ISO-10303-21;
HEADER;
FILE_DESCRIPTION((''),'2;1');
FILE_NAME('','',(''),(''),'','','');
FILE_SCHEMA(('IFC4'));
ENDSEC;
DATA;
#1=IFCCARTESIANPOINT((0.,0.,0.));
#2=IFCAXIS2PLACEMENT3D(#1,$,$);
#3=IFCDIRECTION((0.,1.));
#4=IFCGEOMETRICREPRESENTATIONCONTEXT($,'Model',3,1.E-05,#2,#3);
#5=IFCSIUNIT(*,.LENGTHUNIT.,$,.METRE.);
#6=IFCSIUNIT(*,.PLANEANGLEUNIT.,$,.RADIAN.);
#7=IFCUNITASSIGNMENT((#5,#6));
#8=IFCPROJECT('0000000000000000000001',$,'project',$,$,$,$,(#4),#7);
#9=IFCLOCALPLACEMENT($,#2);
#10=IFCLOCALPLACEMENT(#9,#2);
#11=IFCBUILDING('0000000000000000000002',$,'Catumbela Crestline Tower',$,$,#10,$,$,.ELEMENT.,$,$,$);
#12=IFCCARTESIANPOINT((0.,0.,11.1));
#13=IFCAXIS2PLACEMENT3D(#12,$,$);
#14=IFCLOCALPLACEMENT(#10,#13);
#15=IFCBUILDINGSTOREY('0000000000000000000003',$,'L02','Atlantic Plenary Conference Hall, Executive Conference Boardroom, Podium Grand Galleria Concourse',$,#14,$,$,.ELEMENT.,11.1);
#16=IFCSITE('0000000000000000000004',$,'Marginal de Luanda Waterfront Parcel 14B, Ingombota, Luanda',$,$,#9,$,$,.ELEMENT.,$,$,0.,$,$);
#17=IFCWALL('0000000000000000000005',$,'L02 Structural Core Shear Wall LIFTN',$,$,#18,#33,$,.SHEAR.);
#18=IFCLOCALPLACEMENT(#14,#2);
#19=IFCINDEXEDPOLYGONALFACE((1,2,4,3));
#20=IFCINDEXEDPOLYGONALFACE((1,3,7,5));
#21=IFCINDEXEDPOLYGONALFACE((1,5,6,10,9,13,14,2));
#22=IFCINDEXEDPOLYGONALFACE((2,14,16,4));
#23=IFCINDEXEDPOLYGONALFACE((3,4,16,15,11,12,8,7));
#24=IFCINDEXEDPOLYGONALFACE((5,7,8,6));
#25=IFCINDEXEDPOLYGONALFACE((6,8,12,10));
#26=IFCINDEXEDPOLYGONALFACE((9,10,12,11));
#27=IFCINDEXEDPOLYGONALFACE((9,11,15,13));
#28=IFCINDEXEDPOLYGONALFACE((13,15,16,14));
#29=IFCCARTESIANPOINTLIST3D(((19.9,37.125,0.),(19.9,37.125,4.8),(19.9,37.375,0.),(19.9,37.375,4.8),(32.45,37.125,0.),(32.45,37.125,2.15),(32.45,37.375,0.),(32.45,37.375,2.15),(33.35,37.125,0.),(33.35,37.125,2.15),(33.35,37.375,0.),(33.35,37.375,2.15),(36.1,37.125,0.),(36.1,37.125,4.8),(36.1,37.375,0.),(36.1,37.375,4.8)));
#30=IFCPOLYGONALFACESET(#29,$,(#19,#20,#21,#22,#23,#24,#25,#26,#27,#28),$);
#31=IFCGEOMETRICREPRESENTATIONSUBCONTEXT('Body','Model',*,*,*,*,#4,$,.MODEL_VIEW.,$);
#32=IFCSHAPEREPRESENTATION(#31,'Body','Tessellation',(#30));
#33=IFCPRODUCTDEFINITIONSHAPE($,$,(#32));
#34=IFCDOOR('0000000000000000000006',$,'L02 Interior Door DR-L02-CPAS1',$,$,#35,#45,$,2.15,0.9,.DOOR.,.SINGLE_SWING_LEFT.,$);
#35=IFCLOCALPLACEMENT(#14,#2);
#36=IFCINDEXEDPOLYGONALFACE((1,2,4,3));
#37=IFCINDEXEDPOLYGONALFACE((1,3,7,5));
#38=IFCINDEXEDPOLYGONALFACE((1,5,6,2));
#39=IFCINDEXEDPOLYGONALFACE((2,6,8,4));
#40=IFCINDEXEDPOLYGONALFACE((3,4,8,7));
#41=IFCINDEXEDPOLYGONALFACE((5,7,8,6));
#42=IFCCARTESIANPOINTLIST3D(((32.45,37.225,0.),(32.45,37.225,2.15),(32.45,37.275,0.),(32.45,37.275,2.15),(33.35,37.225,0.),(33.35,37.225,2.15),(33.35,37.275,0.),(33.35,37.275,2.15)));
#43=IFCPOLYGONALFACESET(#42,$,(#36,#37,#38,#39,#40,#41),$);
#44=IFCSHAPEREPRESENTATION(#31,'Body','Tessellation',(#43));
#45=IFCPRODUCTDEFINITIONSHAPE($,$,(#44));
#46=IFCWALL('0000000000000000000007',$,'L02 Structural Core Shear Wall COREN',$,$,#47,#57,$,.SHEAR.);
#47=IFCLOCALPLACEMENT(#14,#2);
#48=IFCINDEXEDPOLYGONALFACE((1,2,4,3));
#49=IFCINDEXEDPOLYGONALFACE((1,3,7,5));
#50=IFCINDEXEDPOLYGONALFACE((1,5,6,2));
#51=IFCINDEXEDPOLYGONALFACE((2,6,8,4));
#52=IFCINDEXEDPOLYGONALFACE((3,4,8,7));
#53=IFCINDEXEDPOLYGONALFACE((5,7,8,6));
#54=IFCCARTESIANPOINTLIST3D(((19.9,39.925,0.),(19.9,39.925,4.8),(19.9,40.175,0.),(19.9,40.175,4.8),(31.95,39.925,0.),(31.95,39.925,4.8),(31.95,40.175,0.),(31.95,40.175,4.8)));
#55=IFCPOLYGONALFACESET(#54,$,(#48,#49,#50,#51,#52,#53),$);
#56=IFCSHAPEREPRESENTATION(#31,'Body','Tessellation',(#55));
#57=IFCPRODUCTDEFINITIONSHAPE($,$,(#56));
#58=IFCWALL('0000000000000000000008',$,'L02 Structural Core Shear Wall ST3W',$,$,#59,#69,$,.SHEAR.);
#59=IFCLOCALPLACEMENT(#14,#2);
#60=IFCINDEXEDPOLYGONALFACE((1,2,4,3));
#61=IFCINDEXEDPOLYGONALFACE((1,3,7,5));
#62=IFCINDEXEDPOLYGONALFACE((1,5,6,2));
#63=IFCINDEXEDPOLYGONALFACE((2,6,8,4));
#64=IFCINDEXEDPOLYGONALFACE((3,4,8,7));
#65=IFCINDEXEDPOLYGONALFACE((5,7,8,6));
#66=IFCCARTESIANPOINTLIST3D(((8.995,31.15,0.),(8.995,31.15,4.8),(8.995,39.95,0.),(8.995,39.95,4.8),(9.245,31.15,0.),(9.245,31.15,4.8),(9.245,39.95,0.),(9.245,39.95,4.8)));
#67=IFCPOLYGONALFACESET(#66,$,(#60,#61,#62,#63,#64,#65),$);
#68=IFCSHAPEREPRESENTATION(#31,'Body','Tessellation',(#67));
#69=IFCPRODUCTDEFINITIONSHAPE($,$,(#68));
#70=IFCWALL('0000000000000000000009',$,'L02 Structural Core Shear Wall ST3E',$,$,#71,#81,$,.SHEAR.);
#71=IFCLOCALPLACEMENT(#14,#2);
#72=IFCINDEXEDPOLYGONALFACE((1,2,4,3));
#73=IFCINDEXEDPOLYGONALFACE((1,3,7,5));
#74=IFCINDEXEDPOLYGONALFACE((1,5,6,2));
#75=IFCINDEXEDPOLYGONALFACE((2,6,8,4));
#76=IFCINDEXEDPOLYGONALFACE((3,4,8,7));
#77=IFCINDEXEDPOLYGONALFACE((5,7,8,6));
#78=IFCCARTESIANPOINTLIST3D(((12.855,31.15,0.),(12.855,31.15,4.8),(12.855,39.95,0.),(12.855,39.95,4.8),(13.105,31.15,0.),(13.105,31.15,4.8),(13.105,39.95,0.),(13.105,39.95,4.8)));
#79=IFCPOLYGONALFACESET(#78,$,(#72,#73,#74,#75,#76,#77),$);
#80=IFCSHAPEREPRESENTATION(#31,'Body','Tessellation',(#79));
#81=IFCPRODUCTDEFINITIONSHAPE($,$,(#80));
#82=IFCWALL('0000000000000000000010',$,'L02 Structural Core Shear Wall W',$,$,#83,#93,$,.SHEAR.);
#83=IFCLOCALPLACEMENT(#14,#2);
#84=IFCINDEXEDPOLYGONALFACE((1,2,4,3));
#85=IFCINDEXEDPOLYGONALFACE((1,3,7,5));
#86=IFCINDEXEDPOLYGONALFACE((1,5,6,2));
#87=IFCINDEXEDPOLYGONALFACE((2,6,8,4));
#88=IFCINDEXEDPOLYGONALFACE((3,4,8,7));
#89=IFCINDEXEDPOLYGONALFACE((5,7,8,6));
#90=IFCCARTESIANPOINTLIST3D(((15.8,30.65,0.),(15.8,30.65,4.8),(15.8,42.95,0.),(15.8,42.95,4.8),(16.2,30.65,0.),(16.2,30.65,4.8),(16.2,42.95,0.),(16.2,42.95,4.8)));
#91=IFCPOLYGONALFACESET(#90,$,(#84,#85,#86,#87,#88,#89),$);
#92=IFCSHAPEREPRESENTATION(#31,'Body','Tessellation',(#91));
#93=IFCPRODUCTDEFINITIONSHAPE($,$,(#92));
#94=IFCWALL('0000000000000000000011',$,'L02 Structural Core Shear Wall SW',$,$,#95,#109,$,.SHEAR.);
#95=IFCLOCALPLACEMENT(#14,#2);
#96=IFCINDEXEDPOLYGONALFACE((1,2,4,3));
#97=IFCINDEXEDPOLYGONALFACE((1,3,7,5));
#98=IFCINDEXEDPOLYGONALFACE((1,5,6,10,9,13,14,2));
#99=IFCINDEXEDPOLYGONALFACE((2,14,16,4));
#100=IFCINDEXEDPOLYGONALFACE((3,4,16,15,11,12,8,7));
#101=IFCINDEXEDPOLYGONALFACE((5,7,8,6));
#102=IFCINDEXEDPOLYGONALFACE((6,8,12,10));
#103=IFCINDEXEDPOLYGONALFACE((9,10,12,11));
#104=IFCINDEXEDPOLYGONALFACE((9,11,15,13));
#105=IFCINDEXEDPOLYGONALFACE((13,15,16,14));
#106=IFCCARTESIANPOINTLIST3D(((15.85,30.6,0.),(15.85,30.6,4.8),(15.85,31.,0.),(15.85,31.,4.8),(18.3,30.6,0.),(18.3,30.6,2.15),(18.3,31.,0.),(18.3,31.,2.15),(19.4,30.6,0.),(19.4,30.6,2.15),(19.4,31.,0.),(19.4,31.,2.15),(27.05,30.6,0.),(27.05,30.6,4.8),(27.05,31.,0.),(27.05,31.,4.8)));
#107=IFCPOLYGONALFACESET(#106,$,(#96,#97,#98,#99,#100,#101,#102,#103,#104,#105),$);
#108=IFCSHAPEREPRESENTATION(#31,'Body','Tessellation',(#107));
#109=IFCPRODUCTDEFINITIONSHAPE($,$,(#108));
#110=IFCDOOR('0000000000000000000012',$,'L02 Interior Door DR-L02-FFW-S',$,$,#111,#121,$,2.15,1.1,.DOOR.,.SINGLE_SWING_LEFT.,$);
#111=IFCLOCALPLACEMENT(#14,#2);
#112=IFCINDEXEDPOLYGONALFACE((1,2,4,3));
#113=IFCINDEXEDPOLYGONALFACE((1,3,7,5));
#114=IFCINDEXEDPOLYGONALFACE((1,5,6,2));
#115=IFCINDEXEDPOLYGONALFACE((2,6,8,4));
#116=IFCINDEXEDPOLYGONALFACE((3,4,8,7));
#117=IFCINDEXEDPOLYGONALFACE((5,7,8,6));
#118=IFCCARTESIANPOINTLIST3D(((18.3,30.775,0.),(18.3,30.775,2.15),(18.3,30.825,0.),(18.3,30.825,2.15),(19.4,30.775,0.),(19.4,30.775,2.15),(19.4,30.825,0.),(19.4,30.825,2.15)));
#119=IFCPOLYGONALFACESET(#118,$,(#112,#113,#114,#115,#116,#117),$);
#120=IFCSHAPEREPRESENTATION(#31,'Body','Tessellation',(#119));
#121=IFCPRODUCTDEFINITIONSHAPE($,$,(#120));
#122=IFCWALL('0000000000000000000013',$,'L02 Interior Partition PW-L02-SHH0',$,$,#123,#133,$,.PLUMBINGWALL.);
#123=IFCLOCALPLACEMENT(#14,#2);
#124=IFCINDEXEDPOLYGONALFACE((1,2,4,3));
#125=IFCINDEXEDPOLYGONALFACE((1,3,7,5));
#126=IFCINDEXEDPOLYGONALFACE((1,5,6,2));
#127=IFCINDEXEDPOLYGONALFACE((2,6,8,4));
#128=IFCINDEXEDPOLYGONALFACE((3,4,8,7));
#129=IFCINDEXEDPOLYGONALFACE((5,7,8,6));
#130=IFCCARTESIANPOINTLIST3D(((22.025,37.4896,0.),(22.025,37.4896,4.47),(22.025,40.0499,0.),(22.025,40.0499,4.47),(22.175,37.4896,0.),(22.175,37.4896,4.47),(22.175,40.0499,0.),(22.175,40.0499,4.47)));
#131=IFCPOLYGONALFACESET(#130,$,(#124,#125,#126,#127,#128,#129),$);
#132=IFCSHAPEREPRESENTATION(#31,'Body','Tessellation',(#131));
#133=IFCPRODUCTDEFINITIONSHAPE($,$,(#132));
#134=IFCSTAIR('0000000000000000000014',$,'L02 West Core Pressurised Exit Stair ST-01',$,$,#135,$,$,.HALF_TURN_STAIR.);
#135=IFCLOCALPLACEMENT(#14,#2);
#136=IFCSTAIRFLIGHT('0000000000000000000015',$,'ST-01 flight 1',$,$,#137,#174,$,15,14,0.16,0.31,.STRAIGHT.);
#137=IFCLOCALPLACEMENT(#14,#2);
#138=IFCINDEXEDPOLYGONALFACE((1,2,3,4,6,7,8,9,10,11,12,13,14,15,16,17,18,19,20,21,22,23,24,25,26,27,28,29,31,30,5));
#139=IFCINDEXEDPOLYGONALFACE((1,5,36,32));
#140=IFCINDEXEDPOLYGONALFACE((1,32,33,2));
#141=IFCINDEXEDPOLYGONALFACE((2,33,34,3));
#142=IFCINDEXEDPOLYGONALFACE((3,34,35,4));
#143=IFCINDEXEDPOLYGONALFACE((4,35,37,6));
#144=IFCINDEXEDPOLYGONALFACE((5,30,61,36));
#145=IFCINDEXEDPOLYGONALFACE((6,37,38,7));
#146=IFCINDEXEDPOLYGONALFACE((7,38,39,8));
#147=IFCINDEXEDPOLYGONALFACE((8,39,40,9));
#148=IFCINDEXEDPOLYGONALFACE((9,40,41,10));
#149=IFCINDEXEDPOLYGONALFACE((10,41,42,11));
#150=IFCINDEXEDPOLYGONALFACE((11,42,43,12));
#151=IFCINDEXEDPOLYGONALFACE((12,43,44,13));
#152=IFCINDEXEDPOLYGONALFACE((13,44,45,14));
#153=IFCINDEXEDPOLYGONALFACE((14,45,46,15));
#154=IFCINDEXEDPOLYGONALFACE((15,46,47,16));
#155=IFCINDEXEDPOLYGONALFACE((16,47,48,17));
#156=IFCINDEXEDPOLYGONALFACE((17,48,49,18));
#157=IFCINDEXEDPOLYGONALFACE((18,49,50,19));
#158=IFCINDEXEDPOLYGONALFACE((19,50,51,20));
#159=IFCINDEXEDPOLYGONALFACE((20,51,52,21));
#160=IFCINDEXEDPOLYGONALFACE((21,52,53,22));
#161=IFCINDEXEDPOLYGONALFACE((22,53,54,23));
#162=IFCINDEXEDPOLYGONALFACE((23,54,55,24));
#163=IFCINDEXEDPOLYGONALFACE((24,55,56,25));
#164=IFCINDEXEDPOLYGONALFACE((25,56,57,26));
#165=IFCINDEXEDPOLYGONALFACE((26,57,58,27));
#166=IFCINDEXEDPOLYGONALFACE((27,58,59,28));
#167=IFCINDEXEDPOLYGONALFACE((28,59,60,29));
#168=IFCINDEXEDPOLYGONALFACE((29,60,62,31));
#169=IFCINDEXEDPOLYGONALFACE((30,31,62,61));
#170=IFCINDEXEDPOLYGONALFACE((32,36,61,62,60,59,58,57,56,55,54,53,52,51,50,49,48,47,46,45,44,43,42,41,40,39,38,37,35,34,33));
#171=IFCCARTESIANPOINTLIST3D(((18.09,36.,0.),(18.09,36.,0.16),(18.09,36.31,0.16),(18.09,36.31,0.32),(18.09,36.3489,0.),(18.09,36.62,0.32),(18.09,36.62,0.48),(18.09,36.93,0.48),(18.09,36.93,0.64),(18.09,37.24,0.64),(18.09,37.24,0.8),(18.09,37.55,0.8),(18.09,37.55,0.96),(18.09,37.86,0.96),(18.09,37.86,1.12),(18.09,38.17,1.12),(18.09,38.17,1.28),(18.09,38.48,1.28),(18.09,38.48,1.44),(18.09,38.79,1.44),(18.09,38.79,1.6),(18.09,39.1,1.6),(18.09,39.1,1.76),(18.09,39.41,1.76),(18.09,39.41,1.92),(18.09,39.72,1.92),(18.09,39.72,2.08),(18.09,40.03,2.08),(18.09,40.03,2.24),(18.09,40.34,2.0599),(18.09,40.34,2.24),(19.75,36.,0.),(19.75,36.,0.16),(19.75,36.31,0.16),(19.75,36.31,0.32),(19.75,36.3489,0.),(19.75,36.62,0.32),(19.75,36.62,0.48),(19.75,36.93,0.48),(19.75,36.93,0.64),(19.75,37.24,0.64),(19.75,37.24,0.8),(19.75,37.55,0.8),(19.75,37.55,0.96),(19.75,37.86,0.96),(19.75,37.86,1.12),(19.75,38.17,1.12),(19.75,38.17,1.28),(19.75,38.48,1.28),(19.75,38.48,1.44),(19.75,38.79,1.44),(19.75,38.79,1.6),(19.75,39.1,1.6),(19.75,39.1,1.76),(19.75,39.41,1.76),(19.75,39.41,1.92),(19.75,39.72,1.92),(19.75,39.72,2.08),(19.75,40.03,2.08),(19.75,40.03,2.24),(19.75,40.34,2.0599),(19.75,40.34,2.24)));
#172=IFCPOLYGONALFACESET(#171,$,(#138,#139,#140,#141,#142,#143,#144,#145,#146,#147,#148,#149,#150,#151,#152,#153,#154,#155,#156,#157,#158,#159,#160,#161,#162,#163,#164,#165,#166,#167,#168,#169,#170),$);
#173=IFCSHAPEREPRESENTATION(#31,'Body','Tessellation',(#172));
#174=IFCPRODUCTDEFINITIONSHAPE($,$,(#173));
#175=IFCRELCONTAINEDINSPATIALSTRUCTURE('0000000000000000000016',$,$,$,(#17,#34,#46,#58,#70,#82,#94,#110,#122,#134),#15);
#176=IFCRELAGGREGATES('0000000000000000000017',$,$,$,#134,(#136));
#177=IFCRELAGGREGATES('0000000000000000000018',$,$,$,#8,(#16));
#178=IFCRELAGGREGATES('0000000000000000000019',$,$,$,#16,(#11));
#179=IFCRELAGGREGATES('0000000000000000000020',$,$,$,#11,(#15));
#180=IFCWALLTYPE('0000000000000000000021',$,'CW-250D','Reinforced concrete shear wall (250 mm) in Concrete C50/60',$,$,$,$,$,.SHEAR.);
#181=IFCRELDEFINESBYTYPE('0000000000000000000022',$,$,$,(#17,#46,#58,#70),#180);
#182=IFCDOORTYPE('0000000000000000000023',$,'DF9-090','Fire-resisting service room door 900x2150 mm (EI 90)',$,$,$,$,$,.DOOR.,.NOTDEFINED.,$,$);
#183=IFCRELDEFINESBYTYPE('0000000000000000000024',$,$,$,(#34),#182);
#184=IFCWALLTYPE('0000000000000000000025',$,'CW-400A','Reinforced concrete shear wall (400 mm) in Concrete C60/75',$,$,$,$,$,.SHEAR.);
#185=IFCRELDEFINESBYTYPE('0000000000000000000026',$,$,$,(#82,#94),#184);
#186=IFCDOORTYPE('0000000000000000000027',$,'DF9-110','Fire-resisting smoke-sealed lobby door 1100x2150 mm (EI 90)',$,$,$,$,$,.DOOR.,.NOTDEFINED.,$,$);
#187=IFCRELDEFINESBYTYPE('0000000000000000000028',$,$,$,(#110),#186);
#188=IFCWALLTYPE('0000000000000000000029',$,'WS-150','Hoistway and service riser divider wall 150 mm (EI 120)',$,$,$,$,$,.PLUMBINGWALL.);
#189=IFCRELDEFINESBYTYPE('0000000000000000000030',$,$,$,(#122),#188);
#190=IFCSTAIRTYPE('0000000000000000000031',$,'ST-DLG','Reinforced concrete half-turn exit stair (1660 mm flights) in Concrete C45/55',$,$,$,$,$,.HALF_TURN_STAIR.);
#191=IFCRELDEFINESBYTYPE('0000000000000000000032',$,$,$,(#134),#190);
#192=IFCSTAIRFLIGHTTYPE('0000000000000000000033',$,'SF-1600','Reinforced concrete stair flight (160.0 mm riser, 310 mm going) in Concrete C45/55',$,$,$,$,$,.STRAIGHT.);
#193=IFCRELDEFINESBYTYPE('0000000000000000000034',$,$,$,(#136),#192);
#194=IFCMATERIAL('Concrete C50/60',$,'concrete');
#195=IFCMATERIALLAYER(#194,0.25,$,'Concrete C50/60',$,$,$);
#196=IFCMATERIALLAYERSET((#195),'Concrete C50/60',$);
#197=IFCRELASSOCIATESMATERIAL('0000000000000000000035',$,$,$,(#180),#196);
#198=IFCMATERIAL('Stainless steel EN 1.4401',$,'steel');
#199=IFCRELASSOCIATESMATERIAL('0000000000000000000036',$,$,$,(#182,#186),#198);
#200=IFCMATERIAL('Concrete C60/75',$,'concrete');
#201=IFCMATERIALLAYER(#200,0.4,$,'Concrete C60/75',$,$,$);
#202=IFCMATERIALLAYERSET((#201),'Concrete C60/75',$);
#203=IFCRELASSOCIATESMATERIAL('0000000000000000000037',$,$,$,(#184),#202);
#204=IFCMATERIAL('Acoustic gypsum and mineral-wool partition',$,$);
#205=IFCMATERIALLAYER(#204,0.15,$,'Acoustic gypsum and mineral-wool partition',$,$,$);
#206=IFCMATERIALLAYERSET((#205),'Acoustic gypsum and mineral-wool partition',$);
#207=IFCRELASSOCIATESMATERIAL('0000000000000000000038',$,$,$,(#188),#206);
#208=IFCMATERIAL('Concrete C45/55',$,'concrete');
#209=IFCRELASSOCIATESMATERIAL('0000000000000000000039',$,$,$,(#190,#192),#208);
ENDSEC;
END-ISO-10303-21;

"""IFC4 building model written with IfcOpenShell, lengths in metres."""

from ifc_helpers import new_model, si_unit, direction, frame, frame_2d, origin, place, context, subcontext, project, spatial, polyline, rectangle, outline, extrude, material, layer, layer_set, type_object, element, fill, aggregate, save


model = new_model("IFC4")

# Units and contexts
model_context = context("Model", 3, precision=1e-05, world=origin(), true_north=direction((0.0, 1.0)))
body_context = subcontext(model_context, "Body", "Model", "MODEL_VIEW")
ifc_project = project(units=[si_unit("LENGTHUNIT", "METRE"), si_unit("PLANEANGLEUNIT", "RADIAN")], contexts=[model_context])

# Site, building, storey
site_placement = place(None, origin())
site = spatial("IfcSite", under=ifc_project, at=site_placement, Name="Marginal de Luanda Waterfront Parcel 14B, Ingombota, Luanda", CompositionType="ELEMENT", RefElevation=0.0)
building_placement = place(site_placement, origin())
building = spatial("IfcBuilding", under=site, at=building_placement, Name="Catumbela Crestline Tower", CompositionType="ELEMENT")
storey_placement = place(building_placement, frame((0.0, 0.0, 11.1)))
storey = spatial("IfcBuildingStorey", under=building, at=storey_placement, Name="L02", Description="Atlantic Plenary Conference Hall, Executive Conference Boardroom, Podium Grand Galleria Concourse", CompositionType="ELEMENT", Elevation=11.1)

# Shared definitions
ifc_material_1 = material(Name="Concrete C50/60", Category="concrete")
ifc_layer_1 = layer(ifc_material_1, 0.25, Name="Concrete C50/60")
ifc_layer_set_1 = layer_set([ifc_layer_1], Name="Concrete C50/60")
wall_type_1 = type_object("IfcWallType", Name="CW-250D", Description="Reinforced concrete shear wall (250 mm) in Concrete C50/60", PredefinedType="SHEAR", material=ifc_layer_set_1)

# Shared definitions
ifc_material_2 = material(Name="Stainless steel EN 1.4401", Category="steel")

# Wall, opening, door
wall_1_placement = place(storey_placement, frame((19.9, 37.25, 0.0), z_axis=(0.0, 0.0, 1.0), x_axis=(1.0, 0.0, 0.0)))
wall_1 = element("IfcWall", 1, at=wall_1_placement, inside=storey, type_object=wall_type_1, Name="L02 Structural Core Shear Wall LIFTN", PredefinedType="SHEAR", context=body_context, shape_type="SweptSolid", body=[
    extrude(rectangle(XDim=16.2, YDim=0.25, at=frame_2d((8.1, 0.0))), origin(), (0.0, 0.0, 1.0), 4.8),
])
opening_1_placement = place(wall_1_placement, frame((12.55, 0.0, 0.0)))
opening_1 = element("IfcOpeningElement", 2, at=opening_1_placement, cuts=wall_1, PredefinedType="OPENING", context=body_context, shape_type="SweptSolid", body=[
    extrude(rectangle(XDim=0.9, YDim=2.15, at=frame_2d((0.45, 1.075))), frame((0.0, 0.135, 0.0), z_axis=(0.0, -1.0, 0.0), x_axis=(1.0, 0.0, 0.0)), (0.0, 0.0, 1.0), 0.27),
])
door_type_1 = type_object("IfcDoorType", Name="DF9-090", Description="Fire-resisting service room door 900x2150 mm (EI 90)", OperationType="NOTDEFINED", PredefinedType="DOOR", material=ifc_material_2)
door_1_placement = place(opening_1_placement, origin())
door_1 = element("IfcDoor", 3, at=door_1_placement, inside=storey, type_object=door_type_1, Name="L02 Interior Door DR-L02-CPAS1", OperationType="SINGLE_SWING_LEFT", OverallHeight=2.15, OverallWidth=0.9, PredefinedType="DOOR", context=body_context, shape_type="SweptSolid", body=[
    extrude(rectangle(XDim=0.9, YDim=2.15, at=frame_2d((0.45, 1.075))), frame((0.0, 0.025, 0.0), z_axis=(0.0, -1.0, 0.0), x_axis=(1.0, 0.0, 0.0)), (0.0, 0.0, 1.0), 0.05),
])
fill(opening_1, door_1)

# Walls
wall_2_placement = place(storey_placement, frame((19.9, 40.05, 0.0), z_axis=(0.0, 0.0, 1.0), x_axis=(1.0, 0.0, 0.0)))
element("IfcWall", 4, at=wall_2_placement, inside=storey, type_object=wall_type_1, Name="L02 Structural Core Shear Wall COREN", PredefinedType="SHEAR", context=body_context, shape_type="SweptSolid", body=[
    extrude(rectangle(XDim=12.05, YDim=0.25, at=frame_2d((6.025, 0.0))), origin(), (0.0, 0.0, 1.0), 4.8),
])
for number, where, z_axis, x_axis, name in (
    (5, (9.12, 31.15, 0.0), (0.0, 0.0, 1.0), (0.0, 1.0, 0.0), "L02 Structural Core Shear Wall ST3W"),
    (6, (12.98, 31.15, 0.0), (0.0, 0.0, 1.0), (0.0, 1.0, 0.0), "L02 Structural Core Shear Wall ST3E"),
):
    element("IfcWall", number, at=place(storey_placement, frame(where, z_axis=z_axis, x_axis=x_axis)), inside=storey, type_object=wall_type_1, Name=name, PredefinedType="SHEAR", context=body_context, shape_type="SweptSolid", body=[
        extrude(rectangle(XDim=8.8, YDim=0.25, at=frame_2d((4.4, 0.0))), origin(), (0.0, 0.0, 1.0), 4.8),
    ])
ifc_material_3 = material(Name="Concrete C60/75", Category="concrete")
ifc_layer_2 = layer(ifc_material_3, 0.4, Name="Concrete C60/75")
ifc_layer_set_2 = layer_set([ifc_layer_2], Name="Concrete C60/75")
wall_type_2 = type_object("IfcWallType", Name="CW-400A", Description="Reinforced concrete shear wall (400 mm) in Concrete C60/75", PredefinedType="SHEAR", material=ifc_layer_set_2)
wall_3_placement = place(storey_placement, frame((16.0, 30.65, 0.0), z_axis=(0.0, 0.0, 1.0), x_axis=(0.0, 1.0, 0.0)))
element("IfcWall", 7, at=wall_3_placement, inside=storey, type_object=wall_type_2, Name="L02 Structural Core Shear Wall W", PredefinedType="SHEAR", context=body_context, shape_type="SweptSolid", body=[
    extrude(rectangle(XDim=12.3, YDim=0.4, at=frame_2d((6.15, 0.0))), origin(), (0.0, 0.0, 1.0), 4.8),
])

# Wall, opening, door
wall_4_placement = place(storey_placement, frame((15.85, 30.8, 0.0), z_axis=(0.0, 0.0, 1.0), x_axis=(1.0, 0.0, 0.0)))
wall_4 = element("IfcWall", 8, at=wall_4_placement, inside=storey, type_object=wall_type_2, Name="L02 Structural Core Shear Wall SW", PredefinedType="SHEAR", context=body_context, shape_type="SweptSolid", body=[
    extrude(rectangle(XDim=11.2, YDim=0.4, at=frame_2d((5.6, 0.0))), origin(), (0.0, 0.0, 1.0), 4.8),
])
opening_2_placement = place(wall_4_placement, frame((2.45, 0.0, 0.0)))
opening_2 = element("IfcOpeningElement", 9, at=opening_2_placement, cuts=wall_4, PredefinedType="OPENING", context=body_context, shape_type="SweptSolid", body=[
    extrude(rectangle(XDim=1.1, YDim=2.15, at=frame_2d((0.55, 1.075))), frame((0.0, 0.21, 0.0), z_axis=(0.0, -1.0, 0.0), x_axis=(1.0, 0.0, 0.0)), (0.0, 0.0, 1.0), 0.42),
])
door_type_2 = type_object("IfcDoorType", Name="DF9-110", Description="Fire-resisting smoke-sealed lobby door 1100x2150 mm (EI 90)", OperationType="NOTDEFINED", PredefinedType="DOOR", material=ifc_material_2)
door_2_placement = place(opening_2_placement, origin())
door_2 = element("IfcDoor", 10, at=door_2_placement, inside=storey, type_object=door_type_2, Name="L02 Interior Door DR-L02-FFW-S", OperationType="SINGLE_SWING_LEFT", OverallHeight=2.15, OverallWidth=1.1, PredefinedType="DOOR", context=body_context, shape_type="SweptSolid", body=[
    extrude(rectangle(XDim=1.1, YDim=2.15, at=frame_2d((0.55, 1.075))), frame((0.0, 0.025, 0.0), z_axis=(0.0, -1.0, 0.0), x_axis=(1.0, 0.0, 0.0)), (0.0, 0.0, 1.0), 0.05),
])
fill(opening_2, door_2)

# Wall
ifc_material_4 = material(Name="Acoustic gypsum and mineral-wool partition")
ifc_layer_3 = layer(ifc_material_4, 0.15, Name="Acoustic gypsum and mineral-wool partition")
ifc_layer_set_3 = layer_set([ifc_layer_3], Name="Acoustic gypsum and mineral-wool partition")
wall_type_3 = type_object("IfcWallType", Name="WS-150", Description="Hoistway and service riser divider wall 150 mm (EI 120)", PredefinedType="PLUMBINGWALL", material=ifc_layer_set_3)
wall_5_placement = place(storey_placement, frame((22.1, 37.4897, 0.0), z_axis=(0.0, 0.0, 1.0), x_axis=(0.0, 1.0, 0.0)))
element("IfcWall", 11, at=wall_5_placement, inside=storey, type_object=wall_type_3, Name="L02 Interior Partition PW-L02-SHH0", PredefinedType="PLUMBINGWALL", context=body_context, shape_type="SweptSolid", body=[
    extrude(rectangle(XDim=2.5603, YDim=0.15, at=frame_2d((1.2801, 0.0))), origin(), (0.0, 0.0, 1.0), 4.47),
])

# Stair, stair flight
ifc_material_5 = material(Name="Concrete C45/55", Category="concrete")
stair_type = type_object("IfcStairType", Name="ST-DLG", Description="Reinforced concrete half-turn exit stair (1660 mm flights) in Concrete C45/55", PredefinedType="HALF_TURN_STAIR", material=ifc_material_5)
stair_1_placement = place(storey_placement, origin())
stair_1 = element("IfcStair", 12, at=stair_1_placement, inside=storey, type_object=stair_type, Name="L02 West Core Pressurised Exit Stair ST-01", PredefinedType="HALF_TURN_STAIR")
stair_flight_type = type_object("IfcStairFlightType", Name="SF-1600", Description="Reinforced concrete stair flight (160.0 mm riser, 310 mm going) in Concrete C45/55", PredefinedType="STRAIGHT", material=ifc_material_5)
stair_flight_1_placement = place(storey_placement, frame((18.92, 36.0, 0.0), z_axis=(0.0, 0.0, 1.0), x_axis=(0.0, 1.0, 0.0)))
stair_flight_1 = element("IfcStairFlight", 13, at=stair_flight_1_placement, type_object=stair_flight_type, Name="ST-01 flight 1", NumberOfRisers=15, NumberOfTreads=14, PredefinedType="STRAIGHT", RiserHeight=0.16, TreadLength=0.31, context=body_context, shape_type="SweptSolid", body=[
    extrude(outline(polyline([(0.0, 0.0), (0.0, 0.16), (0.31, 0.16), (0.31, 0.32), (0.62, 0.32), (0.62, 0.48), (0.93, 0.48), (0.93, 0.64), (1.24, 0.64), (1.24, 0.8), (1.55, 0.8), (1.55, 0.96), (1.86, 0.96), (1.86, 1.12), (2.17, 1.12), (2.17, 1.28), (2.48, 1.28), (2.48, 1.44), (2.79, 1.44), (2.79, 1.6), (3.1, 1.6), (3.1, 1.76), (3.41, 1.76), (3.41, 1.92), (3.72, 1.92), (3.72, 2.08), (4.03, 2.08), (4.03, 2.24), (4.34, 2.24), (4.34, 2.4), (4.34, 2.0599), (0.3489, 0.0), (0.0, 0.0)])), frame((0.0, 0.83, 0.0), z_axis=(0.0, -1.0, 0.0), x_axis=(1.0, 0.0, 0.0)), (0.0, 0.0, 1.0), 1.66),
])
aggregate(stair_1, [stair_flight_1])

save(model, "model.ifc")
